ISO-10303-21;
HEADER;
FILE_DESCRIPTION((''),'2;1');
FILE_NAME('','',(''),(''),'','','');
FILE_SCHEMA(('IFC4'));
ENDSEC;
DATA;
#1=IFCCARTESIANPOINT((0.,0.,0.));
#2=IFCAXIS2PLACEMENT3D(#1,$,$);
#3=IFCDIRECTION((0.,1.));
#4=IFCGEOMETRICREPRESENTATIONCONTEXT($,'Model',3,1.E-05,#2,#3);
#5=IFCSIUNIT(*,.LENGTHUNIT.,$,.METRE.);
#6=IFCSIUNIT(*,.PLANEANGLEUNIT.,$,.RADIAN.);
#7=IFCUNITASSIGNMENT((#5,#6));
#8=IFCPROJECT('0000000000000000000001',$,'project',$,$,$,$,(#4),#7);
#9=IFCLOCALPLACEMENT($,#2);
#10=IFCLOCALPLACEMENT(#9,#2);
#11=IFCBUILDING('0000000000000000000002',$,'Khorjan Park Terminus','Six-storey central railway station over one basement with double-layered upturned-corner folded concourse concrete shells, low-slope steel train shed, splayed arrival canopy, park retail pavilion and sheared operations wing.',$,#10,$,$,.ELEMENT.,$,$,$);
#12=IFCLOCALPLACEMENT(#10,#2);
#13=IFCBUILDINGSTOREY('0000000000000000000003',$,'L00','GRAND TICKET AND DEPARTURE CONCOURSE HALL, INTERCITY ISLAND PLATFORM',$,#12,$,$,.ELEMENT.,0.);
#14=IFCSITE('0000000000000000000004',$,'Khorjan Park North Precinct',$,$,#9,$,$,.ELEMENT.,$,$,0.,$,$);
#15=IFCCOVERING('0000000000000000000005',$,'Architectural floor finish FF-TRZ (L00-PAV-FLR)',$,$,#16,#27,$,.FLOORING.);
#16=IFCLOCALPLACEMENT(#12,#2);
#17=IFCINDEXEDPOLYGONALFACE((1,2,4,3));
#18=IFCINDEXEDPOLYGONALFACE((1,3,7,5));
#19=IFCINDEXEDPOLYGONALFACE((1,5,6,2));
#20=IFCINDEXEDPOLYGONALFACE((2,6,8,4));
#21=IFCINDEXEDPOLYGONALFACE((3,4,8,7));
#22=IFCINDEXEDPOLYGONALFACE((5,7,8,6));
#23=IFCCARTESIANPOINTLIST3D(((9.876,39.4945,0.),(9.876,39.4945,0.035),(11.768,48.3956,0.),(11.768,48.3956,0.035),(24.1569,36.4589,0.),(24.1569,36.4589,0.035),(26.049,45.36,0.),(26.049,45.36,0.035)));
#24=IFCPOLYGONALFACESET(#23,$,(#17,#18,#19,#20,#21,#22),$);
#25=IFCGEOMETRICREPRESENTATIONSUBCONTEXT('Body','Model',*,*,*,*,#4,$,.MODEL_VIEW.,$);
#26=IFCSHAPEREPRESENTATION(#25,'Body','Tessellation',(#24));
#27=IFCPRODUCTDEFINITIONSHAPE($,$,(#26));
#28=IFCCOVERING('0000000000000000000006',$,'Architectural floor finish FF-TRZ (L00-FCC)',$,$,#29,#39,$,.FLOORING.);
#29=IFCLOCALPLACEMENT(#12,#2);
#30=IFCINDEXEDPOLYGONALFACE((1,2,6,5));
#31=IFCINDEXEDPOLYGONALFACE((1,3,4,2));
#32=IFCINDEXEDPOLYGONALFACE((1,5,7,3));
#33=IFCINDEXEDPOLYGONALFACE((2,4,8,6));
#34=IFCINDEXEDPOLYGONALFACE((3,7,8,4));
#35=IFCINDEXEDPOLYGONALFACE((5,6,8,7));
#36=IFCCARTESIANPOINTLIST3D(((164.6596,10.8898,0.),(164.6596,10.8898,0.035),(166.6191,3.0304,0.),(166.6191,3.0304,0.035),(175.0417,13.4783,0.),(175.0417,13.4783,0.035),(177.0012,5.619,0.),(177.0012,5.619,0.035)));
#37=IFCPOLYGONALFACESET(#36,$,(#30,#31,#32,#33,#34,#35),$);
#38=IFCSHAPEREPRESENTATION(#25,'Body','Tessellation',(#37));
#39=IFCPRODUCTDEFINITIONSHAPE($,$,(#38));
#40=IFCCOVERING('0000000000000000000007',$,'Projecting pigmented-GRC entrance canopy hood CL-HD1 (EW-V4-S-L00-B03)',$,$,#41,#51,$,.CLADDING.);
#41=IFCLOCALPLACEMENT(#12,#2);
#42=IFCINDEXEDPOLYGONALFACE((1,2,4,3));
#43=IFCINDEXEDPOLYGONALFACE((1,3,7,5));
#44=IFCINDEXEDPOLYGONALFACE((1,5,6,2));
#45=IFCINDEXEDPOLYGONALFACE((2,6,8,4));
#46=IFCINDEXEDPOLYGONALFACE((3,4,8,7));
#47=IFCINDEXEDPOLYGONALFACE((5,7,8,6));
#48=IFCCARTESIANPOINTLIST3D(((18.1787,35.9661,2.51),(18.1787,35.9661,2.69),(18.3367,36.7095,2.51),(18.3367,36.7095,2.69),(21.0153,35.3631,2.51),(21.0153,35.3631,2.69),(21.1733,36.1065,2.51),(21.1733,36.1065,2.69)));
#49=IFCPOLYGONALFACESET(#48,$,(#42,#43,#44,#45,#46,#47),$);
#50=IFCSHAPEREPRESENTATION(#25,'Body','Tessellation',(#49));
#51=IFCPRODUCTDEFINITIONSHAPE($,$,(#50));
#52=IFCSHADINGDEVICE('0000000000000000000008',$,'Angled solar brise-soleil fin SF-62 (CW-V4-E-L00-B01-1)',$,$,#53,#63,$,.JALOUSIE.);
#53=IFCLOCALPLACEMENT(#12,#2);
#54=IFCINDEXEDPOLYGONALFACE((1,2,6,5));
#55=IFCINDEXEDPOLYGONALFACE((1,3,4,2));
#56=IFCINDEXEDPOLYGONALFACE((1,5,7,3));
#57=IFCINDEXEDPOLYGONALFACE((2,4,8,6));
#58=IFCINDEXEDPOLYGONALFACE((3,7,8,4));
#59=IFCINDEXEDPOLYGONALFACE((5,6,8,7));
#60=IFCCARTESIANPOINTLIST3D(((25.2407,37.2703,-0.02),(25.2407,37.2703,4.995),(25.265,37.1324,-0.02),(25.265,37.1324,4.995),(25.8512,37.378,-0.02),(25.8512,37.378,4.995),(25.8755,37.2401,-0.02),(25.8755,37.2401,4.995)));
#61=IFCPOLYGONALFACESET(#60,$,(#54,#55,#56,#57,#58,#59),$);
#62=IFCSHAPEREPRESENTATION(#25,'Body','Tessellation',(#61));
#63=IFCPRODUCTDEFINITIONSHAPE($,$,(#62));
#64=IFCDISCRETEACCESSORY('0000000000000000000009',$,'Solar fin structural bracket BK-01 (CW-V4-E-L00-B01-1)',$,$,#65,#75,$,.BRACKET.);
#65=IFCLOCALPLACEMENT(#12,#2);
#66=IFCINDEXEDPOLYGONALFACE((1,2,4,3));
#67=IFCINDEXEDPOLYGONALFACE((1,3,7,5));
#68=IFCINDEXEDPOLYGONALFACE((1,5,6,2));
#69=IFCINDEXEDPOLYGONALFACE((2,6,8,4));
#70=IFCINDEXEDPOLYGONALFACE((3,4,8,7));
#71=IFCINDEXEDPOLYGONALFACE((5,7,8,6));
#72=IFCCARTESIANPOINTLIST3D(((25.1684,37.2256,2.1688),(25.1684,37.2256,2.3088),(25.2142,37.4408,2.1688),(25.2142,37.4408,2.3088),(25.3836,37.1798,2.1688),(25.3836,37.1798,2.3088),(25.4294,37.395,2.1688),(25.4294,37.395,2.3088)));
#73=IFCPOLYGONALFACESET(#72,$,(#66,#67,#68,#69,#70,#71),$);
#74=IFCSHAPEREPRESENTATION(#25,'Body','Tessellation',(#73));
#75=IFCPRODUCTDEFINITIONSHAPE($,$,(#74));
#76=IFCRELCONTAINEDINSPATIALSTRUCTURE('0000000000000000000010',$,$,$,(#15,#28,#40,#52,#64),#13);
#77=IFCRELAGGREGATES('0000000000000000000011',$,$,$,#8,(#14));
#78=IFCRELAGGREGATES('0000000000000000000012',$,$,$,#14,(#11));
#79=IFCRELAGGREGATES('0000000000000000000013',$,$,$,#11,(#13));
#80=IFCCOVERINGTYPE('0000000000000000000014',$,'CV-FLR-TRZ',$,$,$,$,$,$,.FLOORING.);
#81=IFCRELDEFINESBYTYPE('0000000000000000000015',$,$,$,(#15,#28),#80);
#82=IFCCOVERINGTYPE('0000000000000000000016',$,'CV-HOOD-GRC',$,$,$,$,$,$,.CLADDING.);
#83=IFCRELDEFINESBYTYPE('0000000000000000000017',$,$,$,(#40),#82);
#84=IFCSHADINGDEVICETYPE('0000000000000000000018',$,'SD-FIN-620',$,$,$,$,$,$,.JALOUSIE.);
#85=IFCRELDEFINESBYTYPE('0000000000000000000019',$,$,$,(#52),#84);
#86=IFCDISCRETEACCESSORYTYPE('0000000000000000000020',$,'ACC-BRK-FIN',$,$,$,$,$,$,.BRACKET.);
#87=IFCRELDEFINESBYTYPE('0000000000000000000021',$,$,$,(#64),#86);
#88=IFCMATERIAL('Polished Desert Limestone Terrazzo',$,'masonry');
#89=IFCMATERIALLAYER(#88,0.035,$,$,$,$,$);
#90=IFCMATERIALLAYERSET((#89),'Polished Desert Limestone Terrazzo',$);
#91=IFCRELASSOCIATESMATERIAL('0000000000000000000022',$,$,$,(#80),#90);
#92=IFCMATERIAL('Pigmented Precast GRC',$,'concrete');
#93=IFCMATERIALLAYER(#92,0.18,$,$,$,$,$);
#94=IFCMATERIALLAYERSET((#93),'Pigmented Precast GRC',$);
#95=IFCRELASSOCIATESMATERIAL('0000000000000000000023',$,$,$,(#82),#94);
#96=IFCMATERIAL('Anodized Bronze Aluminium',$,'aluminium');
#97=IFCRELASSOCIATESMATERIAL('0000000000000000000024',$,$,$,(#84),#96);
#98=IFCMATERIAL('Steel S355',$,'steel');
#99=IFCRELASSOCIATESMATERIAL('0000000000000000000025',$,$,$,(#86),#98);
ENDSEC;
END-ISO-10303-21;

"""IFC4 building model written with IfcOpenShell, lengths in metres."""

from ifc_helpers import new_model, si_unit, direction, frame, origin, origin_2d, place, context, subcontext, project, spatial, polyline, rectangle, outline, extrude, material, layer, layer_set, type_object, element, save


model = new_model("IFC4")

# Units and contexts
model_context = context("Model", 3, precision=1e-05, world=origin(), true_north=direction((0.0, 1.0)))
body_context = subcontext(model_context, "Body", "Model", "MODEL_VIEW")
ifc_project = project(units=[si_unit("LENGTHUNIT", "METRE"), si_unit("PLANEANGLEUNIT", "RADIAN")], contexts=[model_context])

# Site, building, storey
site_placement = place(None, origin())
site = spatial("IfcSite", under=ifc_project, at=site_placement, Name="Khorjan Park North Precinct", CompositionType="ELEMENT", RefElevation=0.0)
building_placement = place(site_placement, origin())
building = spatial("IfcBuilding", under=site, at=building_placement, Name="Khorjan Park Terminus", Description="Six-storey central railway station over one basement with double-layered upturned-corner folded concourse concrete shells, low-slope steel train shed, splayed arrival canopy, park retail pavilion and sheared operations wing.", CompositionType="ELEMENT")
storey_placement = place(building_placement, origin())
storey = spatial("IfcBuildingStorey", under=building, at=storey_placement, Name="L00", Description="GRAND TICKET AND DEPARTURE CONCOURSE HALL, INTERCITY ISLAND PLATFORM", CompositionType="ELEMENT", Elevation=0.0)

# Shared definitions
ifc_material_1 = material(Name="Steel S355", Category="steel")

# Shared definitions
ifc_material_2 = material(Name="Anodized Bronze Aluminium", Category="aluminium")

# Coverings
ifc_material_3 = material(Name="Pigmented Precast GRC", Category="concrete")
ifc_material_4 = material(Name="Polished Desert Limestone Terrazzo", Category="masonry")
ifc_layer_1 = layer(ifc_material_4, 0.035)
ifc_layer_set_1 = layer_set([ifc_layer_1], Name="Polished Desert Limestone Terrazzo")
covering_type_1 = type_object("IfcCoveringType", Name="CV-FLR-TRZ", PredefinedType="FLOORING", material=ifc_layer_set_1)
covering_1_placement = place(storey_placement, origin())
element("IfcCovering", 1, at=covering_1_placement, inside=storey, type_object=covering_type_1, Name="Architectural floor finish FF-TRZ (L00-PAV-FLR)", PredefinedType="FLOORING", context=body_context, shape_type="SweptSolid", body=[
    extrude(outline(polyline([(24.1569, 36.4589), (9.876, 39.4945), (11.768, 48.3956), (26.049, 45.36), (24.1569, 36.4589)])), origin(), (0.0, 0.0, 1.0), 0.035),
])
covering_2_placement = place(storey_placement, origin())
element("IfcCovering", 2, at=covering_2_placement, inside=storey, type_object=covering_type_1, Name="Architectural floor finish FF-TRZ (L00-FCC)", PredefinedType="FLOORING", context=body_context, shape_type="SweptSolid", body=[
    extrude(outline(polyline([(177.0012, 5.619), (166.6191, 3.0304), (164.6596, 10.8898), (175.0417, 13.4783), (177.0012, 5.619)])), origin(), (0.0, 0.0, 1.0), 0.035),
])
ifc_layer_2 = layer(ifc_material_3, 0.18)
ifc_layer_set_2 = layer_set([ifc_layer_2], Name="Pigmented Precast GRC")
covering_type_2 = type_object("IfcCoveringType", Name="CV-HOOD-GRC", PredefinedType="CLADDING", material=ifc_layer_set_2)
covering_3_placement = place(storey_placement, frame((19.676, 36.0363, 2.51), z_axis=(0.0, 0.0, 1.0), x_axis=(0.978146, -0.207919, 0.0)))
element("IfcCovering", 3, at=covering_3_placement, inside=storey, type_object=covering_type_2, Name="Projecting pigmented-GRC entrance canopy hood CL-HD1 (EW-V4-S-L00-B03)", PredefinedType="CLADDING", context=body_context, shape_type="SweptSolid", body=[
    extrude(rectangle(XDim=2.9, YDim=0.76, at=origin_2d()), origin(), (0.0, 0.0, 1.0), 0.18),
])

# Shading device
shading_device_type = type_object("IfcShadingDeviceType", Name="SD-FIN-620", PredefinedType="JALOUSIE", material=ifc_material_2)
shading_device_placement = place(storey_placement, frame((25.5581, 37.2552, -0.02), z_axis=(0.0, 0.0, 1.0), x_axis=(-0.984808, -0.173648, 0.0)))
element("IfcShadingDevice", 4, at=shading_device_placement, inside=storey, type_object=shading_device_type, Name="Angled solar brise-soleil fin SF-62 (CW-V4-E-L00-B01-1)", PredefinedType="JALOUSIE", context=body_context, shape_type="SweptSolid", body=[
    extrude(rectangle(XDim=0.62, YDim=0.14, at=origin_2d()), origin(), (0.0, 0.0, 1.0), 5.015),
])

# Discrete accessory
discrete_accessory_type = type_object("IfcDiscreteAccessoryType", Name="ACC-BRK-FIN", PredefinedType="BRACKET", material=ifc_material_1)
discrete_accessory_placement = place(storey_placement, frame((25.2989, 37.3103, 2.1688), z_axis=(0.0, 0.0, 1.0), x_axis=(0.207917, 0.978147, 0.0)))
element("IfcDiscreteAccessory", 5, at=discrete_accessory_placement, inside=storey, type_object=discrete_accessory_type, Name="Solar fin structural bracket BK-01 (CW-V4-E-L00-B01-1)", PredefinedType="BRACKET", context=body_context, shape_type="SweptSolid", body=[
    extrude(rectangle(XDim=0.22, YDim=0.22, at=origin_2d()), origin(), (0.0, 0.0, 1.0), 0.14),
])

save(model, "model.ifc")
